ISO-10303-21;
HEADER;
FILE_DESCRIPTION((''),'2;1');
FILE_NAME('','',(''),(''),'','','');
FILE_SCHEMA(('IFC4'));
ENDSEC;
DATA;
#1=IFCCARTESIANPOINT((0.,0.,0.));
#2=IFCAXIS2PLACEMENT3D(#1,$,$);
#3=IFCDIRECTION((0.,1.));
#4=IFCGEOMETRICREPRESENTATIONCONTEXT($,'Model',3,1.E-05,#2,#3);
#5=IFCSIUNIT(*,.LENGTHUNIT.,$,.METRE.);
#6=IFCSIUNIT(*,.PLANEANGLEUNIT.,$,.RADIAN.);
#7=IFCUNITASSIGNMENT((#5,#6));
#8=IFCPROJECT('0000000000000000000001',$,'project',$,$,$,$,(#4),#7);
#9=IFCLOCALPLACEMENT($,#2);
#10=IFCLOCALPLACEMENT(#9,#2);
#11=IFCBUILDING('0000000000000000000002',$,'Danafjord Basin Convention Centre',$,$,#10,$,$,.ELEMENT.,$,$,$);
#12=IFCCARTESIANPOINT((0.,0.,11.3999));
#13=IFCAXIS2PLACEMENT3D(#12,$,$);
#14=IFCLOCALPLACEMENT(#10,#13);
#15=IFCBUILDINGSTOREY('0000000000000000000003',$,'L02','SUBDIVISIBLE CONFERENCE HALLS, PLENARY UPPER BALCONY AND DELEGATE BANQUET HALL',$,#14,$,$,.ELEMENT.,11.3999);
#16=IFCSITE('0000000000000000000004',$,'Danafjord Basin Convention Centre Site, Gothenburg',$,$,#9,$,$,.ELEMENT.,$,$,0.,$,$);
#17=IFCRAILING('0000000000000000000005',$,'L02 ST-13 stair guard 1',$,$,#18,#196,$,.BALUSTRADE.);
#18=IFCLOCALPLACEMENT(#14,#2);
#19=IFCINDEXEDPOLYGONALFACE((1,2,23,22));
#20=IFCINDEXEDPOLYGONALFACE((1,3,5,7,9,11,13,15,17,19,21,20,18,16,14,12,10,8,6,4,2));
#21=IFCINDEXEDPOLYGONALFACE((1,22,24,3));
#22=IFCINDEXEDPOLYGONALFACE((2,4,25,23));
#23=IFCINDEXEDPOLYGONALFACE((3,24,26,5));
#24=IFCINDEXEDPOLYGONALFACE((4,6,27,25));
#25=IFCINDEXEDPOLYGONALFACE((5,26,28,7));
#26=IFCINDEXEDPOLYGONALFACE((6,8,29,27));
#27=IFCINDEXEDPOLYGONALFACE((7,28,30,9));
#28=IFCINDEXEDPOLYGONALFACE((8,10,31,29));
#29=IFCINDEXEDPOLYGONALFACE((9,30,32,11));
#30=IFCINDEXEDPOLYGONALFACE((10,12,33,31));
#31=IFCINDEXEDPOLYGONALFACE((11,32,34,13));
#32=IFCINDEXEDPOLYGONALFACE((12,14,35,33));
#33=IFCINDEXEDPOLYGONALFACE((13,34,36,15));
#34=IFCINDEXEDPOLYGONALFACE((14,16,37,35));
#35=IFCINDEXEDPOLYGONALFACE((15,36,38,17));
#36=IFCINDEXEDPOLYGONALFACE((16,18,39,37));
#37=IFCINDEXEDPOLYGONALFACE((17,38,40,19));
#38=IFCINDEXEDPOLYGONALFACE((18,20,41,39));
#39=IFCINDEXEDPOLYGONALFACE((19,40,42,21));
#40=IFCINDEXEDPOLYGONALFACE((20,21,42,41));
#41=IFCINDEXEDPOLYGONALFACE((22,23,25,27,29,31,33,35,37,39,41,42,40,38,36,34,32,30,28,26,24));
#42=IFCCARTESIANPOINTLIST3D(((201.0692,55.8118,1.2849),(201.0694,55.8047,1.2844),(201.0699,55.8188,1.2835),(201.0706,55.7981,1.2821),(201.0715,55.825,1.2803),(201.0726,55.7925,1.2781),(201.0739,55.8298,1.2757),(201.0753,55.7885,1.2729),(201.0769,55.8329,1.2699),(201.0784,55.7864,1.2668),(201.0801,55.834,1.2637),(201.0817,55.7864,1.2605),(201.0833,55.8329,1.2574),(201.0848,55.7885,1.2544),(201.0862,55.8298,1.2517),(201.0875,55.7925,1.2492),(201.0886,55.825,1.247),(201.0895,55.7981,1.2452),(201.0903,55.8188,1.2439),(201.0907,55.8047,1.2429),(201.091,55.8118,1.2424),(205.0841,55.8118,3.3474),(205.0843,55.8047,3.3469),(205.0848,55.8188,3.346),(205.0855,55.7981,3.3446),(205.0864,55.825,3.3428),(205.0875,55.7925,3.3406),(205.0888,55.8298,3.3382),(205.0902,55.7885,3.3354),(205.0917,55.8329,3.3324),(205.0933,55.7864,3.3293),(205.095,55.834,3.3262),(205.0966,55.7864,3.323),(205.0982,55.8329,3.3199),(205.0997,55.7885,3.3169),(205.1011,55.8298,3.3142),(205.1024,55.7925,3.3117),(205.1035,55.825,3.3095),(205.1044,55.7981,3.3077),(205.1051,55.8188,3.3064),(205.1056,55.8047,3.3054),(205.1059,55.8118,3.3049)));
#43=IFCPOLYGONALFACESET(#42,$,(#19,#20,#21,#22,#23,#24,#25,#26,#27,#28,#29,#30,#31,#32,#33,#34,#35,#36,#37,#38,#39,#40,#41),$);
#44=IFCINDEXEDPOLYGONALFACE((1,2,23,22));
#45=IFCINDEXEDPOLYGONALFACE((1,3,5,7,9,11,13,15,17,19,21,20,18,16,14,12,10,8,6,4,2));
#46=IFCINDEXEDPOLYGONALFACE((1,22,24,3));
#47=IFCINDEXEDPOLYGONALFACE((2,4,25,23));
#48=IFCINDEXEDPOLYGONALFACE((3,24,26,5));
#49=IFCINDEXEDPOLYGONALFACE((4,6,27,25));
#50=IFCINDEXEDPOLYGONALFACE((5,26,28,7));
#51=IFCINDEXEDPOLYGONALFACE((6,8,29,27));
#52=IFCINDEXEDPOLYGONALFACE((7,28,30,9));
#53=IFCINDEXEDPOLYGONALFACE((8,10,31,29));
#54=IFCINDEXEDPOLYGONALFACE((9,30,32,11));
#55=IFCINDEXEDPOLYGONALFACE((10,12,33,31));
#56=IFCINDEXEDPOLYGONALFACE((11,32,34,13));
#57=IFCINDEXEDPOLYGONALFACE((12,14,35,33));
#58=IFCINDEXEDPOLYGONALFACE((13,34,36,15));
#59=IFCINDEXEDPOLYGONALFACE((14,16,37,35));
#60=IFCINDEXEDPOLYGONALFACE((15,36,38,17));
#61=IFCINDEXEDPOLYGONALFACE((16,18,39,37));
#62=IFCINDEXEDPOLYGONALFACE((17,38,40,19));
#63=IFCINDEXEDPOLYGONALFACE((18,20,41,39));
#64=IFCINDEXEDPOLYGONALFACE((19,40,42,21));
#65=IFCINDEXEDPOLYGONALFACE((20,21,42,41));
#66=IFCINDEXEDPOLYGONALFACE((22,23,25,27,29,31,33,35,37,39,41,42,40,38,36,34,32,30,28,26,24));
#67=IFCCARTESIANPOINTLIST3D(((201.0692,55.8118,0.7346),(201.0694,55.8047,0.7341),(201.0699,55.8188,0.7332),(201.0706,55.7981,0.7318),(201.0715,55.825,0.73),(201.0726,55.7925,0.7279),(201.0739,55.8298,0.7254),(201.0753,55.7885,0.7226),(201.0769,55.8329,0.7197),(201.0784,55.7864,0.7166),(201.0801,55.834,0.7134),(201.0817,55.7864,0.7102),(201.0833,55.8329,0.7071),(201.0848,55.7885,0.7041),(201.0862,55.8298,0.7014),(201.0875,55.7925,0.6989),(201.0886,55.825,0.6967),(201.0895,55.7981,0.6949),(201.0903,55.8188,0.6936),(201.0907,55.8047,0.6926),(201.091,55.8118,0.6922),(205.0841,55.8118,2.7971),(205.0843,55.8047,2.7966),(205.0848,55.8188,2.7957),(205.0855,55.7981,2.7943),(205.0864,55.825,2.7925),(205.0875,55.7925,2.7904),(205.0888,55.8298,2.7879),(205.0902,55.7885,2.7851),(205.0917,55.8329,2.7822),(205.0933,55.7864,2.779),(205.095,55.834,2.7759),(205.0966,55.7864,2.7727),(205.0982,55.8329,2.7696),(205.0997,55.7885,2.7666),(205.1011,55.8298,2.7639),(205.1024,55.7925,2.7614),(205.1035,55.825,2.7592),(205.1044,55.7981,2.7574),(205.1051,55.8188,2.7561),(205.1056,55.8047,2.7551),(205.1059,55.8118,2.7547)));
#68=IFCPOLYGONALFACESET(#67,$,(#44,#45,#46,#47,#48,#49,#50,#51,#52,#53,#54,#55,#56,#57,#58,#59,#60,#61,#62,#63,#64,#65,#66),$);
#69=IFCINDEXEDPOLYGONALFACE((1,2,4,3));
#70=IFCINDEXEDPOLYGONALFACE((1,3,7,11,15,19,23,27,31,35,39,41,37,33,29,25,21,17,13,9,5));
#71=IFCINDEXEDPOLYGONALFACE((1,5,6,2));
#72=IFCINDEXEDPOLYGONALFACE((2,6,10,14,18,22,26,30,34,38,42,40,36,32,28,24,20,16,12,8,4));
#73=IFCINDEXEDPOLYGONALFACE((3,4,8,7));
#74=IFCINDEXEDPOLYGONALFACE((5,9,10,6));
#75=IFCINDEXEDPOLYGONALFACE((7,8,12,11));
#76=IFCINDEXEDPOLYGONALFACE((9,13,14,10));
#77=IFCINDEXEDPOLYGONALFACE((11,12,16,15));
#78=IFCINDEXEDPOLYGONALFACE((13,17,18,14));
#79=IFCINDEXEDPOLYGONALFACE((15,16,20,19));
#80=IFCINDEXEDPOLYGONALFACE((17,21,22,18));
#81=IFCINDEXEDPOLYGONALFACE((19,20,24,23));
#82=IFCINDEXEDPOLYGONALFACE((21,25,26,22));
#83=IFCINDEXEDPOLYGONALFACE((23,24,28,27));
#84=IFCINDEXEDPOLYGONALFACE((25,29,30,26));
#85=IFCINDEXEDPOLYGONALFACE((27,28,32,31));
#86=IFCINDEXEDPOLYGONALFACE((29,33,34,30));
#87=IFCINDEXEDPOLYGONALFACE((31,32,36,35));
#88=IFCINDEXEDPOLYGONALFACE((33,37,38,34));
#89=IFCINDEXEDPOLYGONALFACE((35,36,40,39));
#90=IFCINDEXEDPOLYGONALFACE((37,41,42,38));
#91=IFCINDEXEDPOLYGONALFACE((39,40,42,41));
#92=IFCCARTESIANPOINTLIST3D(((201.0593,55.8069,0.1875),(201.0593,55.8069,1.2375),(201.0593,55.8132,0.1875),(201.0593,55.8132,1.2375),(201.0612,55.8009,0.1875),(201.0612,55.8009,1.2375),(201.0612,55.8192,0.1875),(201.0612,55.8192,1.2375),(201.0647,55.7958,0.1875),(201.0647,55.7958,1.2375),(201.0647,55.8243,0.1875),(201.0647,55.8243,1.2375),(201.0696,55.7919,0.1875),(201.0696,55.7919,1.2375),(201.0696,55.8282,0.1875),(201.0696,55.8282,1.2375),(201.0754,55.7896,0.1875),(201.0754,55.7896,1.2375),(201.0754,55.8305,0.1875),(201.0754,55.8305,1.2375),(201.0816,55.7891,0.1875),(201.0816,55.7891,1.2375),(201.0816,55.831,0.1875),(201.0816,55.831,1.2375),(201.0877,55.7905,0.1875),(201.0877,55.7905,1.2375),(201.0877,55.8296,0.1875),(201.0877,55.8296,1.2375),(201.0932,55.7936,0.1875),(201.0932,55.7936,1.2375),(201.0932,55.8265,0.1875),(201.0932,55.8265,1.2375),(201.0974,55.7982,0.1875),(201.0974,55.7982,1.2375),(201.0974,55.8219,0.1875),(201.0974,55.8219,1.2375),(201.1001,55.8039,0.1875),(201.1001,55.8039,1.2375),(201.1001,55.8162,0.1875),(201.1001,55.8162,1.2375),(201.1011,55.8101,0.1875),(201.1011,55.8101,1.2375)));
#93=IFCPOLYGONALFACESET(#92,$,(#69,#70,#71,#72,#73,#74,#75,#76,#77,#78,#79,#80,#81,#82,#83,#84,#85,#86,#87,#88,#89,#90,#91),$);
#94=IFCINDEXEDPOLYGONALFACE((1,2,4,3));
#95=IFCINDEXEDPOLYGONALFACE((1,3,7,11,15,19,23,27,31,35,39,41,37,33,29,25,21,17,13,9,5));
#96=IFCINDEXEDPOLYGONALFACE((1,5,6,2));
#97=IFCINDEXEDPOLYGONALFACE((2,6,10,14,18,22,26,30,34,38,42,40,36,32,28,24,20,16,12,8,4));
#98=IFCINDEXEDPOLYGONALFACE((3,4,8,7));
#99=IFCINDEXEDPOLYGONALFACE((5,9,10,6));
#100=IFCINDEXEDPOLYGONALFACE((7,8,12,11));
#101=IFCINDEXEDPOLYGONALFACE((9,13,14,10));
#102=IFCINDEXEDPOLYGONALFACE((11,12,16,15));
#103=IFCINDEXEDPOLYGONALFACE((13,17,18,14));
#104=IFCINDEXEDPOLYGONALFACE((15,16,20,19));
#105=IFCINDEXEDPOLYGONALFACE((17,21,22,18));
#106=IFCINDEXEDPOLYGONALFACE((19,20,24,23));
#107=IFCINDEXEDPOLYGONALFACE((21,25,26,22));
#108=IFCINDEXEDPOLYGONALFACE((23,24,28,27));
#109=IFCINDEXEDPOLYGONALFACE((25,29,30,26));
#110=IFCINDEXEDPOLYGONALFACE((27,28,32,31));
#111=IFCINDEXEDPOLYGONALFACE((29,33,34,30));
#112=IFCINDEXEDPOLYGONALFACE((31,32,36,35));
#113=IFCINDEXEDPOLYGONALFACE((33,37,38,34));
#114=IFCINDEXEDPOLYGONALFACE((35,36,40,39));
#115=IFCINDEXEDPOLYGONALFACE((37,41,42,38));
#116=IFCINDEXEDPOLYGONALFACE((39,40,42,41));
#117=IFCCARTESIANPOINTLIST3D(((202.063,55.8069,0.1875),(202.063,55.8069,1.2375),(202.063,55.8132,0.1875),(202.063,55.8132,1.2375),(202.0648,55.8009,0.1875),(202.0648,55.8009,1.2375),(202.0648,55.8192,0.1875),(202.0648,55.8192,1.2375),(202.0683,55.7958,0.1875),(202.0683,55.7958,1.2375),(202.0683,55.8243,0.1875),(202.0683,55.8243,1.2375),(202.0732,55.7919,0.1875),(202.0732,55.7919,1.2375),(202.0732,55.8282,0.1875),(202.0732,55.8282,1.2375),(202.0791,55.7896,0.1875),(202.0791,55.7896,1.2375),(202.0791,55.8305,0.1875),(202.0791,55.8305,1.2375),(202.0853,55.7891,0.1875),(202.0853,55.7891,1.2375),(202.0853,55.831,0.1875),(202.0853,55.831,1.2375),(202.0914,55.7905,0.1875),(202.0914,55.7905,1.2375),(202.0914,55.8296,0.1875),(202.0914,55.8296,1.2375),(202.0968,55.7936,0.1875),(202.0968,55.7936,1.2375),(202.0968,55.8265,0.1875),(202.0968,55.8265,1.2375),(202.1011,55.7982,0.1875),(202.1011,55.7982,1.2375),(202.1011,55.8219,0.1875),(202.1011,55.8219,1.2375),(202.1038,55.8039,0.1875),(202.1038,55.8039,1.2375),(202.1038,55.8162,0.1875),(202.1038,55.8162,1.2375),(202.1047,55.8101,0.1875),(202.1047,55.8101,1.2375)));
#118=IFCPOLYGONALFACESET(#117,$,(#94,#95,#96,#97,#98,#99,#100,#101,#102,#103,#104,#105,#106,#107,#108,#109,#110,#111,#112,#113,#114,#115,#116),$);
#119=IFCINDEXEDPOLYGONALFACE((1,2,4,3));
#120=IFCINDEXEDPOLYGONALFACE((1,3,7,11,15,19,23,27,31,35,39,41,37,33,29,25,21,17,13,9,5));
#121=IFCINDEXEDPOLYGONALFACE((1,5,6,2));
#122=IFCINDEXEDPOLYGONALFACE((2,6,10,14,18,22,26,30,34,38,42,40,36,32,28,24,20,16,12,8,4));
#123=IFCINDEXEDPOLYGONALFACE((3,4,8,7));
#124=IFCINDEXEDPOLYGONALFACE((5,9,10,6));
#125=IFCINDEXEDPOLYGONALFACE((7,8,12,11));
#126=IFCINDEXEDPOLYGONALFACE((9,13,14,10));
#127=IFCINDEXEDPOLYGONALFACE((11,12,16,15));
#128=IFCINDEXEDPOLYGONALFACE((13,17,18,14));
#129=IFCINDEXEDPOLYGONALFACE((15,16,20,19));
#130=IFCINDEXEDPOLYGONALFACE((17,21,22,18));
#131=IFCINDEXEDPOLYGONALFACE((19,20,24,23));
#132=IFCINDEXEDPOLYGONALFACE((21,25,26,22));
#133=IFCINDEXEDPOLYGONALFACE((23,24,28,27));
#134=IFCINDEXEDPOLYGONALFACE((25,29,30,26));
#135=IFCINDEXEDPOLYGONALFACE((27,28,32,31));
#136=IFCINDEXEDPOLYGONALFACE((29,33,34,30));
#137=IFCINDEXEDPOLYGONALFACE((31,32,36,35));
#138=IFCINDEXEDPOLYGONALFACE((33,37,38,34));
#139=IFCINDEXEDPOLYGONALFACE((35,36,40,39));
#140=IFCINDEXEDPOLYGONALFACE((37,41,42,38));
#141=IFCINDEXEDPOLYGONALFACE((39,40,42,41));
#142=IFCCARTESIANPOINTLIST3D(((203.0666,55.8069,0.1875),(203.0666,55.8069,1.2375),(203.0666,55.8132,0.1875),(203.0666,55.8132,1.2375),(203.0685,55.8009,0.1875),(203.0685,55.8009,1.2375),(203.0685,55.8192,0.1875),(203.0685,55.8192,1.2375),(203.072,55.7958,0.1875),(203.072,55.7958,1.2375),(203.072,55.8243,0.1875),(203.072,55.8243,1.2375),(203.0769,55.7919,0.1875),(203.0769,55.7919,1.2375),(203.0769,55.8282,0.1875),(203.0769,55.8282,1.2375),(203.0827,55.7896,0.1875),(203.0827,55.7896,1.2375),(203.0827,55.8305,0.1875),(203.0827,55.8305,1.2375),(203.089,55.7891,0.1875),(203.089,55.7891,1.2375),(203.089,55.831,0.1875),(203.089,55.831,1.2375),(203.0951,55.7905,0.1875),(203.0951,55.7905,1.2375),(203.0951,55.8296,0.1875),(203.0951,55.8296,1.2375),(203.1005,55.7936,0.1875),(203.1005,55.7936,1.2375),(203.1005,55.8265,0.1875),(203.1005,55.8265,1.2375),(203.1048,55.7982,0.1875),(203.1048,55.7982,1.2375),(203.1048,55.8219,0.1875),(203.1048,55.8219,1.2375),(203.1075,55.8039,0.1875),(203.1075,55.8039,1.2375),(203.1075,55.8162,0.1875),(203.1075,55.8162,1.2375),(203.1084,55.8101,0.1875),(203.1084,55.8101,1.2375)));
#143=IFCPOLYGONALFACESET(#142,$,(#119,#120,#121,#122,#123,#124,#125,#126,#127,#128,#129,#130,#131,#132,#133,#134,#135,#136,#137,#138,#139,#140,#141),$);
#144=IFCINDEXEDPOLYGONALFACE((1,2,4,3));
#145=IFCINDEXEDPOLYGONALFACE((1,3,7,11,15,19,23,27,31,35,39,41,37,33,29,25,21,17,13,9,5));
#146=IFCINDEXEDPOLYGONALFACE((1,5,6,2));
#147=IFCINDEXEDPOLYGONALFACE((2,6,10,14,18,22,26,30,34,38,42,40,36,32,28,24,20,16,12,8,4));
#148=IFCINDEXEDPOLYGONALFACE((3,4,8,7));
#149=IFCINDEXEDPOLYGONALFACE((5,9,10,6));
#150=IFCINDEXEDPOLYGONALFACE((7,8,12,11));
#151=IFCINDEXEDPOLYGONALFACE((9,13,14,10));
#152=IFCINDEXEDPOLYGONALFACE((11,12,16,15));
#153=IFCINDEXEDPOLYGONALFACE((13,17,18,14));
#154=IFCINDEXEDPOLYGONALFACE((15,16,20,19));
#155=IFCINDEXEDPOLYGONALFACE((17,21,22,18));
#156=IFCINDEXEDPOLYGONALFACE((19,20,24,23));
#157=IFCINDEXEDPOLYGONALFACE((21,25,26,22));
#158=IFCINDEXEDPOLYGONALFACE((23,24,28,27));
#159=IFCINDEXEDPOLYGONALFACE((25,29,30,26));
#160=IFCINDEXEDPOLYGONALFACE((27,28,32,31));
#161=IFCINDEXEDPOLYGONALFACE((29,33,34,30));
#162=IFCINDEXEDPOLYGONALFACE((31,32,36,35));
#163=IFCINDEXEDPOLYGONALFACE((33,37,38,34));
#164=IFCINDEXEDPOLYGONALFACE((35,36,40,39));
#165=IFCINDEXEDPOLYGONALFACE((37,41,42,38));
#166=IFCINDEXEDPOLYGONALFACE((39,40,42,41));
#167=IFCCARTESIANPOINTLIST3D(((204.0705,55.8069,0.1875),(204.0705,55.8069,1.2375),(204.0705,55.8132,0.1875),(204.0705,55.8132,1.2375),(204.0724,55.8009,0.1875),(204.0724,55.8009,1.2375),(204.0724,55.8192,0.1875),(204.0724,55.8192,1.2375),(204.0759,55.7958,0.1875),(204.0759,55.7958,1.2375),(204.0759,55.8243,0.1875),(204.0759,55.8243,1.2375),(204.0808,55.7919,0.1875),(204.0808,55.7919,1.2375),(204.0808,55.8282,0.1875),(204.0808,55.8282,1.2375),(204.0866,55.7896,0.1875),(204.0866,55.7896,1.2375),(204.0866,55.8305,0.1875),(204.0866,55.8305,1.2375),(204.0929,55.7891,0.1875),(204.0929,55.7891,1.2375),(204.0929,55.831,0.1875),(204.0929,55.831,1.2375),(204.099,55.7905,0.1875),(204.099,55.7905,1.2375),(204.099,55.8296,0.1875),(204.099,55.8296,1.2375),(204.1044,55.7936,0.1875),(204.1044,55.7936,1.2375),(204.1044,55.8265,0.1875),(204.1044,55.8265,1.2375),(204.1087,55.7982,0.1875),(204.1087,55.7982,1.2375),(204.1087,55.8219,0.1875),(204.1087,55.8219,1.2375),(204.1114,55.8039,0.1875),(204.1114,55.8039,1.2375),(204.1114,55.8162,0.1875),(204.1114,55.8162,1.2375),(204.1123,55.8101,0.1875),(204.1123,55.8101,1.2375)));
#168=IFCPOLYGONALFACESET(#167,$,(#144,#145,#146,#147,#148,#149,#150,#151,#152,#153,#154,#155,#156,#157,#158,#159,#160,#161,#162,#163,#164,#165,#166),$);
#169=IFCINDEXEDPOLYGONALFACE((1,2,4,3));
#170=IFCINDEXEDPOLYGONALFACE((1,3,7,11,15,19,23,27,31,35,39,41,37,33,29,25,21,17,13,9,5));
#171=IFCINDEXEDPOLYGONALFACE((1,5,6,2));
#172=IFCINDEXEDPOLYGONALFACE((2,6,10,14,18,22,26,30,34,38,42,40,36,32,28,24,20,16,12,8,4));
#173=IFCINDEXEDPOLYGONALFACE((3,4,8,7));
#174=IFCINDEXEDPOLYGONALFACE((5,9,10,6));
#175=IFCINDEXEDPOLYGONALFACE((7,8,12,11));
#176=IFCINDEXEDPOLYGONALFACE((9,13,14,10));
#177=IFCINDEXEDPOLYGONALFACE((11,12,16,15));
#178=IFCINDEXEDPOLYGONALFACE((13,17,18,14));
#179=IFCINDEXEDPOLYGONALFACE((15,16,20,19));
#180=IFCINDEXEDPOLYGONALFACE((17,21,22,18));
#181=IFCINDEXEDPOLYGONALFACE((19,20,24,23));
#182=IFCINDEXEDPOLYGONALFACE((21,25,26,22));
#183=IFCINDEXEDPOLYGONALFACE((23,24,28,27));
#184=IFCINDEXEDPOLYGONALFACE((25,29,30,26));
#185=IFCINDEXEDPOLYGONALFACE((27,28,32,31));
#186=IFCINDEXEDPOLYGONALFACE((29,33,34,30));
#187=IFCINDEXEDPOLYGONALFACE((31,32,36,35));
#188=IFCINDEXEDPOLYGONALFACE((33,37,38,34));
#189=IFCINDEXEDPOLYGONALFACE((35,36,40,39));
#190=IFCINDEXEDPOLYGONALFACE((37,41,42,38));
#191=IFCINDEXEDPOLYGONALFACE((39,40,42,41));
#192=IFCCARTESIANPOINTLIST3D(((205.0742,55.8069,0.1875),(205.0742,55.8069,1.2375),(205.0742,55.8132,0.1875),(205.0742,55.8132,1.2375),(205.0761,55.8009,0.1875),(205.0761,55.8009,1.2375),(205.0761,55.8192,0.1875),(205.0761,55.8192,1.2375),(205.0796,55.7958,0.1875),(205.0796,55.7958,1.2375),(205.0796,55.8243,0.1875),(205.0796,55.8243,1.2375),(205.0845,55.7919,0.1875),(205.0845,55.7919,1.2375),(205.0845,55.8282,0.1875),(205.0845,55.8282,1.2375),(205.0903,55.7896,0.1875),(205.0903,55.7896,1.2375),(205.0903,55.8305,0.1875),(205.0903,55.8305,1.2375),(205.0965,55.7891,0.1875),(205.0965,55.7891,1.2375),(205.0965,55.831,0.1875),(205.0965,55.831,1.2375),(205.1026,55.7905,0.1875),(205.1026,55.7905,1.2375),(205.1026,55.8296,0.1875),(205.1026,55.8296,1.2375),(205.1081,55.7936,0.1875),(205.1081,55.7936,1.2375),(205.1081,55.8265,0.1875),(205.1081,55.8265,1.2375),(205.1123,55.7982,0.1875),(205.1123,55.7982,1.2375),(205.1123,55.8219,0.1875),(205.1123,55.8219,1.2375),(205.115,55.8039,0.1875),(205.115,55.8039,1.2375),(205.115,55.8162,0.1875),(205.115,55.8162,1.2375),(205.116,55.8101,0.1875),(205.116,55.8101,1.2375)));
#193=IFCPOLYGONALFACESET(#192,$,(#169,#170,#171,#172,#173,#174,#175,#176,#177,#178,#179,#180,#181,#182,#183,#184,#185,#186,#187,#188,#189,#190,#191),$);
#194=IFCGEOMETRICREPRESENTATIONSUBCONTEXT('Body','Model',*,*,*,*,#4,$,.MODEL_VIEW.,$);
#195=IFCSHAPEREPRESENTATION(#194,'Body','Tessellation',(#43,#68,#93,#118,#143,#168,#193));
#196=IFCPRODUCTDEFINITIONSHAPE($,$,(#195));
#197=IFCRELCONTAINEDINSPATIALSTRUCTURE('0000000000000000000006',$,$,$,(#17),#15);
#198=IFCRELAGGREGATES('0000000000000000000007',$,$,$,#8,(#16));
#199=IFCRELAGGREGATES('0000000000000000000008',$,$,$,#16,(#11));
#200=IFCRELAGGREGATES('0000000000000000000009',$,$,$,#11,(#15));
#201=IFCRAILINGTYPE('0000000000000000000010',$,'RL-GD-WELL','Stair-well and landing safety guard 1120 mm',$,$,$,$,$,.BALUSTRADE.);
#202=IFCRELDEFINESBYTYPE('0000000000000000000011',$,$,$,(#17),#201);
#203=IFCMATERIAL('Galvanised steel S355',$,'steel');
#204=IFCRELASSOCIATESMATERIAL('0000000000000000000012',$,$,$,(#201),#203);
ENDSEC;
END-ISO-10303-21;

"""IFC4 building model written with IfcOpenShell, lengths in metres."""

from ifc_helpers import new_model, si_unit, direction, frame, origin, origin_2d, place, context, subcontext, project, spatial, circle, extrude, material, type_object, element, save


model = new_model("IFC4")

# Units and contexts
model_context = context("Model", 3, precision=1e-05, world=origin(), true_north=direction((0.0, 1.0)))
body_context = subcontext(model_context, "Body", "Model", "MODEL_VIEW")
ifc_project = project(units=[si_unit("LENGTHUNIT", "METRE"), si_unit("PLANEANGLEUNIT", "RADIAN")], contexts=[model_context])

# Site, building, storey
site_placement = place(None, origin())
site = spatial("IfcSite", under=ifc_project, at=site_placement, Name="Danafjord Basin Convention Centre Site, Gothenburg", CompositionType="ELEMENT", RefElevation=0.0)
building_placement = place(site_placement, origin())
building = spatial("IfcBuilding", under=site, at=building_placement, Name="Danafjord Basin Convention Centre", CompositionType="ELEMENT")
storey_placement = place(building_placement, frame((0.0, 0.0, 11.3999)))
storey = spatial("IfcBuildingStorey", under=building, at=storey_placement, Name="L02", Description="SUBDIVISIBLE CONFERENCE HALLS, PLENARY UPPER BALCONY AND DELEGATE BANQUET HALL", CompositionType="ELEMENT", Elevation=11.3999)

# Railing
ifc_material_1 = material(Name="Galvanised steel S355", Category="steel")
railing_type_1 = type_object("IfcRailingType", Name="RL-GD-WELL", Description="Stair-well and landing safety guard 1120 mm", PredefinedType="BALUSTRADE", material=ifc_material_1)
railing_1_placement = place(storey_placement, frame((201.0801, 55.8101, 0.1875)))
element("IfcRailing", 1, at=railing_1_placement, inside=storey, type_object=railing_type_1, Name="L02 ST-13 stair guard 1", PredefinedType="BALUSTRADE", context=body_context, shape_type="SweptSolid", body=[
    extrude(circle(Radius=0.0239, at=origin_2d()), frame((0.0, 0.0, 1.0762), z_axis=(0.889495, 0.0, 0.456945), x_axis=(0.0, 1.0, 0.0)), (0.0, 0.0, 1.0), 4.5137),
    extrude(circle(Radius=0.0239, at=origin_2d()), frame((0.0, 0.0, 0.5259), z_axis=(0.889495, 0.0, 0.456945), x_axis=(0.0, 1.0, 0.0)), (0.0, 0.0, 1.0), 4.5137),
    extrude(circle(Radius=0.021, at=origin_2d()), origin(), (0.0, 0.0, 1.0), 1.05),
    extrude(circle(Radius=0.021, at=origin_2d()), frame((1.0037, 0.0, 0.0)), (0.0, 0.0, 1.0), 1.05),
    extrude(circle(Radius=0.021, at=origin_2d()), frame((2.0073, 0.0, 0.0)), (0.0, 0.0, 1.0), 1.05),
    extrude(circle(Radius=0.021, at=origin_2d()), frame((3.0112, 0.0, 0.0)), (0.0, 0.0, 1.0), 1.05),
    extrude(circle(Radius=0.021, at=origin_2d()), frame((4.0149, 0.0, 0.0)), (0.0, 0.0, 1.0), 1.05),
])

save(model, "model.ifc")
